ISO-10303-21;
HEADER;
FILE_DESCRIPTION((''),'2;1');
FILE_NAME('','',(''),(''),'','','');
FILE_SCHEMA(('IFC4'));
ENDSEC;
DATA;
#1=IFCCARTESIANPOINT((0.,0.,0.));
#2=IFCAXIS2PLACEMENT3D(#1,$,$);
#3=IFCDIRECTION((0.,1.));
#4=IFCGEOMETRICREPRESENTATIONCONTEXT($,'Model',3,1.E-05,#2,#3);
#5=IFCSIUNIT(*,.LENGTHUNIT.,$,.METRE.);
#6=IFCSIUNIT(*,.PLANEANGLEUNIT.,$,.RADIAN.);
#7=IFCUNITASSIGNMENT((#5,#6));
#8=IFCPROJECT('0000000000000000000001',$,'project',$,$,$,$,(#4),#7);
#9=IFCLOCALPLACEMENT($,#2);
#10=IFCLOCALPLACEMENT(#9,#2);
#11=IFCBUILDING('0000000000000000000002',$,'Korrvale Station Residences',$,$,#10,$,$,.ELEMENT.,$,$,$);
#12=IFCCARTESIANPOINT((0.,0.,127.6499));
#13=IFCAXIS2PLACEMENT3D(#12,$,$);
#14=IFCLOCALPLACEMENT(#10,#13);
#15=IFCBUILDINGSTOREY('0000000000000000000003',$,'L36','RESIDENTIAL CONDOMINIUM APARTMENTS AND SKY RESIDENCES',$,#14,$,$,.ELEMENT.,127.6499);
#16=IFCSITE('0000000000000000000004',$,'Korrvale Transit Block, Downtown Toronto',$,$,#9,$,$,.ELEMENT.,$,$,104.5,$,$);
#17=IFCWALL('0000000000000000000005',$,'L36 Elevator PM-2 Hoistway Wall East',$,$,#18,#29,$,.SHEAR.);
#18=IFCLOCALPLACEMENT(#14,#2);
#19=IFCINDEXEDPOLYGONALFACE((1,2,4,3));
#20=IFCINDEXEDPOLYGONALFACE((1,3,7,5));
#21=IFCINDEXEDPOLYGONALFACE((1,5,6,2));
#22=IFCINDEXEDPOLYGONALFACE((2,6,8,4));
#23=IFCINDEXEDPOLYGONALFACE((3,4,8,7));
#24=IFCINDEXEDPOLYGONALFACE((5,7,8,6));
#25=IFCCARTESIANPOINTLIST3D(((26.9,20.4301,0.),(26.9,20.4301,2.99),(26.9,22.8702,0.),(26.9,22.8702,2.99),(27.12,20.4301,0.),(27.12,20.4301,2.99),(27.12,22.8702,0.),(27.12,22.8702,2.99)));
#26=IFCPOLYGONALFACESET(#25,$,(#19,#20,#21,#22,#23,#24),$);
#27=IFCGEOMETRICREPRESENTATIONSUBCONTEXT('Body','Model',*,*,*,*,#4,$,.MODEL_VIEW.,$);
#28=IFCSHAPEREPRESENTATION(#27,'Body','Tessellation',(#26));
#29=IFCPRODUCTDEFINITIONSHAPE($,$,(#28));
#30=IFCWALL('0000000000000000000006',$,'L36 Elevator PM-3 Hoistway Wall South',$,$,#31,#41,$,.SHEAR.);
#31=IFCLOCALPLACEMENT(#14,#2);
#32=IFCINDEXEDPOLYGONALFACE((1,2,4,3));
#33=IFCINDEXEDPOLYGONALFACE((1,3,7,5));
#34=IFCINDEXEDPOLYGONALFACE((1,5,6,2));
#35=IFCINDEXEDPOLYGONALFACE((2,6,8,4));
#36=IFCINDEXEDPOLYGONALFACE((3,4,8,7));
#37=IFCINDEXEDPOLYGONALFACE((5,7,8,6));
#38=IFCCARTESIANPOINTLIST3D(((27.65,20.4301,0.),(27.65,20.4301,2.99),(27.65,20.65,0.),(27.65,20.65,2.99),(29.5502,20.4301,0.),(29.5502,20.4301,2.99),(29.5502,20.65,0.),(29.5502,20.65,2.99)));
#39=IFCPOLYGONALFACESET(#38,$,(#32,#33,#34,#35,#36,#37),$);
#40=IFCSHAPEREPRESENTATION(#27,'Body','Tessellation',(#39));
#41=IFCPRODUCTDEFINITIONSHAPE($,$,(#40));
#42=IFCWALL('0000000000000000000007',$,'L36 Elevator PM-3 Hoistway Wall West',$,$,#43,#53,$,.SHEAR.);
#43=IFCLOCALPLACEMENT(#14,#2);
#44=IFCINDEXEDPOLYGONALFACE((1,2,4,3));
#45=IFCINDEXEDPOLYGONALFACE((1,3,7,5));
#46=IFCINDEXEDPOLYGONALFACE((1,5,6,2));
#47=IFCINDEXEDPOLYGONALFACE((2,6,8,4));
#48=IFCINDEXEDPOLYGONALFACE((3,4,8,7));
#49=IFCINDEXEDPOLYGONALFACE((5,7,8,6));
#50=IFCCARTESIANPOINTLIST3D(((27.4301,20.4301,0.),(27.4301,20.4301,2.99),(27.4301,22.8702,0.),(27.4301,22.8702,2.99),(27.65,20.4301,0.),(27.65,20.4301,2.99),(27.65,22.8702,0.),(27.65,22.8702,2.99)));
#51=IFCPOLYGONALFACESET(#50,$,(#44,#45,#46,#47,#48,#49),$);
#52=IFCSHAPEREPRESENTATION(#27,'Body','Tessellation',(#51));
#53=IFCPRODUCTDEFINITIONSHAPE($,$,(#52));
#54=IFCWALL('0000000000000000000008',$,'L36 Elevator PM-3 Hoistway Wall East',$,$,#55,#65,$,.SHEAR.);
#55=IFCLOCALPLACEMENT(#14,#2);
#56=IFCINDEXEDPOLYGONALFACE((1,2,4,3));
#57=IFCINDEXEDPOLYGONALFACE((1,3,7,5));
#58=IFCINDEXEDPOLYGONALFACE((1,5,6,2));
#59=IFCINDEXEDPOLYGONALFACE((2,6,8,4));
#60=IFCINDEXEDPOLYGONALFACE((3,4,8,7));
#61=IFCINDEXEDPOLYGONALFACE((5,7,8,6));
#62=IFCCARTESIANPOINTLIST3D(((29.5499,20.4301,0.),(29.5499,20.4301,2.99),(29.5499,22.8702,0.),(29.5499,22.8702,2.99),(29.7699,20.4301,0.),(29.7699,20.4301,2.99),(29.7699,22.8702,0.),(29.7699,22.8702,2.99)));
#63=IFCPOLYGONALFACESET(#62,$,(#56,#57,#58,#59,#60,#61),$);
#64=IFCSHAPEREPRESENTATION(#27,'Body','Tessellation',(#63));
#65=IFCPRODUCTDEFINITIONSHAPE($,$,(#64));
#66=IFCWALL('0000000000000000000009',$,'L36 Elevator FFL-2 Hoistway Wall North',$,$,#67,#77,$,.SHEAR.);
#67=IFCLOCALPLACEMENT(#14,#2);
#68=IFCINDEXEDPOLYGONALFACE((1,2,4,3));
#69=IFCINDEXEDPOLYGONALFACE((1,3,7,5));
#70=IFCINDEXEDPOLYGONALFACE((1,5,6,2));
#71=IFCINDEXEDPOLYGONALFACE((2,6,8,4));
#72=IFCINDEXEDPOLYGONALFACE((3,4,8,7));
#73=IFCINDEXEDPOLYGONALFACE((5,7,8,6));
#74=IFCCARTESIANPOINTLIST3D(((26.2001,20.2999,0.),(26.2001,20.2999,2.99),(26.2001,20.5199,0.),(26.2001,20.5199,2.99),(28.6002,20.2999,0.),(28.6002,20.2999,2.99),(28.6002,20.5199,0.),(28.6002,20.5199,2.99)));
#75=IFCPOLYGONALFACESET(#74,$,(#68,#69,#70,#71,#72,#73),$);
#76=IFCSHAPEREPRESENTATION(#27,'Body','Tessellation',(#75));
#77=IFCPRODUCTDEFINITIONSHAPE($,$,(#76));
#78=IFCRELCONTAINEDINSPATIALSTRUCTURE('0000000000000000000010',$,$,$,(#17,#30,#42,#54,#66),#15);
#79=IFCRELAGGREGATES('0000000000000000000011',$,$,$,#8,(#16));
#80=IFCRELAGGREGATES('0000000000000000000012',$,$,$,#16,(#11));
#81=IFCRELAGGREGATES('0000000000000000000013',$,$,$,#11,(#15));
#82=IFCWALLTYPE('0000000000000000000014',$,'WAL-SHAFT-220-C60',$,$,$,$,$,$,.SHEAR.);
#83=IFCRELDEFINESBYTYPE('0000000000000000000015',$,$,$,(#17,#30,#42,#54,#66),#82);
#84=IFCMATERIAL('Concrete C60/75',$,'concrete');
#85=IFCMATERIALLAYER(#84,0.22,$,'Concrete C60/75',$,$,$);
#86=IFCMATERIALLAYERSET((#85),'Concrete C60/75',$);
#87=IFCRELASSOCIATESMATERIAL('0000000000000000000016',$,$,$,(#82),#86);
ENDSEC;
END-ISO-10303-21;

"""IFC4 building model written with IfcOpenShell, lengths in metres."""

from ifc_helpers import new_model, si_unit, direction, frame, frame_2d, origin, place, context, subcontext, project, spatial, rectangle, extrude, material, layer, layer_set, type_object, element, save


model = new_model("IFC4")

# Units and contexts
model_context = context("Model", 3, precision=1e-05, world=origin(), true_north=direction((0.0, 1.0)))
body_context = subcontext(model_context, "Body", "Model", "MODEL_VIEW")
ifc_project = project(units=[si_unit("LENGTHUNIT", "METRE"), si_unit("PLANEANGLEUNIT", "RADIAN")], contexts=[model_context])

# Site, building, storey
site_placement = place(None, origin())
site = spatial("IfcSite", under=ifc_project, at=site_placement, Name="Korrvale Transit Block, Downtown Toronto", CompositionType="ELEMENT", RefElevation=104.5)
building_placement = place(site_placement, origin())
building = spatial("IfcBuilding", under=site, at=building_placement, Name="Korrvale Station Residences", CompositionType="ELEMENT")
storey_placement = place(building_placement, frame((0.0, 0.0, 127.6499)))
storey = spatial("IfcBuildingStorey", under=building, at=storey_placement, Name="L36", Description="RESIDENTIAL CONDOMINIUM APARTMENTS AND SKY RESIDENCES", CompositionType="ELEMENT", Elevation=127.6499)

# Shared definitions
ifc_material_1 = material(Name="Concrete C60/75", Category="concrete")

# Shared definitions
ifc_layer_1 = layer(ifc_material_1, 0.22, Name="Concrete C60/75")
ifc_layer_set_1 = layer_set([ifc_layer_1], Name="Concrete C60/75")
wall_type_1 = type_object("IfcWallType", Name="WAL-SHAFT-220-C60", PredefinedType="SHEAR", material=ifc_layer_set_1)

# Walls
for number, where, z_axis, x_axis, name in (
    (1, (27.01, 20.4299, 0.0), (0.0, 0.0, 1.0), (0.0, 1.0, 0.0), "L36 Elevator PM-2 Hoistway Wall East"),
):
    element("IfcWall", number, at=place(storey_placement, frame(where, z_axis=z_axis, x_axis=x_axis)), inside=storey, type_object=wall_type_1, Name=name, PredefinedType="SHEAR", context=body_context, shape_type="SweptSolid", body=[
        extrude(rectangle(XDim=2.4402, YDim=0.22, at=frame_2d((1.2202, 0.0))), origin(), (0.0, 0.0, 1.0), 2.99),
    ])
wall_1_placement = place(storey_placement, frame((27.6499, 20.54, 0.0), z_axis=(0.0, 0.0, 1.0), x_axis=(1.0, 0.0, 0.0)))
element("IfcWall", 2, at=wall_1_placement, inside=storey, type_object=wall_type_1, Name="L36 Elevator PM-3 Hoistway Wall South", PredefinedType="SHEAR", context=body_context, shape_type="SweptSolid", body=[
    extrude(rectangle(XDim=1.9001, YDim=0.22, at=frame_2d((0.9502, 0.0))), origin(), (0.0, 0.0, 1.0), 2.99),
])

# Walls
for number, where, z_axis, x_axis, name in (
    (3, (27.54, 20.4299, 0.0), (0.0, 0.0, 1.0), (0.0, 1.0, 0.0), "L36 Elevator PM-3 Hoistway Wall West"),
    (4, (29.6599, 20.4299, 0.0), (0.0, 0.0, 1.0), (0.0, 1.0, 0.0), "L36 Elevator PM-3 Hoistway Wall East"),
):
    element("IfcWall", number, at=place(storey_placement, frame(where, z_axis=z_axis, x_axis=x_axis)), inside=storey, type_object=wall_type_1, Name=name, PredefinedType="SHEAR", context=body_context, shape_type="SweptSolid", body=[
        extrude(rectangle(XDim=2.4402, YDim=0.22, at=frame_2d((1.2202, 0.0))), origin(), (0.0, 0.0, 1.0), 2.99),
    ])
wall_2_placement = place(storey_placement, frame((26.2, 20.4099, 0.0), z_axis=(0.0, 0.0, 1.0), x_axis=(1.0, 0.0, 0.0)))
element("IfcWall", 5, at=wall_2_placement, inside=storey, type_object=wall_type_1, Name="L36 Elevator FFL-2 Hoistway Wall North", PredefinedType="SHEAR", context=body_context, shape_type="SweptSolid", body=[
    extrude(rectangle(XDim=2.4001, YDim=0.22, at=frame_2d((1.2002, 0.0))), origin(), (0.0, 0.0, 1.0), 2.99),
])

save(model, "model.ifc")
